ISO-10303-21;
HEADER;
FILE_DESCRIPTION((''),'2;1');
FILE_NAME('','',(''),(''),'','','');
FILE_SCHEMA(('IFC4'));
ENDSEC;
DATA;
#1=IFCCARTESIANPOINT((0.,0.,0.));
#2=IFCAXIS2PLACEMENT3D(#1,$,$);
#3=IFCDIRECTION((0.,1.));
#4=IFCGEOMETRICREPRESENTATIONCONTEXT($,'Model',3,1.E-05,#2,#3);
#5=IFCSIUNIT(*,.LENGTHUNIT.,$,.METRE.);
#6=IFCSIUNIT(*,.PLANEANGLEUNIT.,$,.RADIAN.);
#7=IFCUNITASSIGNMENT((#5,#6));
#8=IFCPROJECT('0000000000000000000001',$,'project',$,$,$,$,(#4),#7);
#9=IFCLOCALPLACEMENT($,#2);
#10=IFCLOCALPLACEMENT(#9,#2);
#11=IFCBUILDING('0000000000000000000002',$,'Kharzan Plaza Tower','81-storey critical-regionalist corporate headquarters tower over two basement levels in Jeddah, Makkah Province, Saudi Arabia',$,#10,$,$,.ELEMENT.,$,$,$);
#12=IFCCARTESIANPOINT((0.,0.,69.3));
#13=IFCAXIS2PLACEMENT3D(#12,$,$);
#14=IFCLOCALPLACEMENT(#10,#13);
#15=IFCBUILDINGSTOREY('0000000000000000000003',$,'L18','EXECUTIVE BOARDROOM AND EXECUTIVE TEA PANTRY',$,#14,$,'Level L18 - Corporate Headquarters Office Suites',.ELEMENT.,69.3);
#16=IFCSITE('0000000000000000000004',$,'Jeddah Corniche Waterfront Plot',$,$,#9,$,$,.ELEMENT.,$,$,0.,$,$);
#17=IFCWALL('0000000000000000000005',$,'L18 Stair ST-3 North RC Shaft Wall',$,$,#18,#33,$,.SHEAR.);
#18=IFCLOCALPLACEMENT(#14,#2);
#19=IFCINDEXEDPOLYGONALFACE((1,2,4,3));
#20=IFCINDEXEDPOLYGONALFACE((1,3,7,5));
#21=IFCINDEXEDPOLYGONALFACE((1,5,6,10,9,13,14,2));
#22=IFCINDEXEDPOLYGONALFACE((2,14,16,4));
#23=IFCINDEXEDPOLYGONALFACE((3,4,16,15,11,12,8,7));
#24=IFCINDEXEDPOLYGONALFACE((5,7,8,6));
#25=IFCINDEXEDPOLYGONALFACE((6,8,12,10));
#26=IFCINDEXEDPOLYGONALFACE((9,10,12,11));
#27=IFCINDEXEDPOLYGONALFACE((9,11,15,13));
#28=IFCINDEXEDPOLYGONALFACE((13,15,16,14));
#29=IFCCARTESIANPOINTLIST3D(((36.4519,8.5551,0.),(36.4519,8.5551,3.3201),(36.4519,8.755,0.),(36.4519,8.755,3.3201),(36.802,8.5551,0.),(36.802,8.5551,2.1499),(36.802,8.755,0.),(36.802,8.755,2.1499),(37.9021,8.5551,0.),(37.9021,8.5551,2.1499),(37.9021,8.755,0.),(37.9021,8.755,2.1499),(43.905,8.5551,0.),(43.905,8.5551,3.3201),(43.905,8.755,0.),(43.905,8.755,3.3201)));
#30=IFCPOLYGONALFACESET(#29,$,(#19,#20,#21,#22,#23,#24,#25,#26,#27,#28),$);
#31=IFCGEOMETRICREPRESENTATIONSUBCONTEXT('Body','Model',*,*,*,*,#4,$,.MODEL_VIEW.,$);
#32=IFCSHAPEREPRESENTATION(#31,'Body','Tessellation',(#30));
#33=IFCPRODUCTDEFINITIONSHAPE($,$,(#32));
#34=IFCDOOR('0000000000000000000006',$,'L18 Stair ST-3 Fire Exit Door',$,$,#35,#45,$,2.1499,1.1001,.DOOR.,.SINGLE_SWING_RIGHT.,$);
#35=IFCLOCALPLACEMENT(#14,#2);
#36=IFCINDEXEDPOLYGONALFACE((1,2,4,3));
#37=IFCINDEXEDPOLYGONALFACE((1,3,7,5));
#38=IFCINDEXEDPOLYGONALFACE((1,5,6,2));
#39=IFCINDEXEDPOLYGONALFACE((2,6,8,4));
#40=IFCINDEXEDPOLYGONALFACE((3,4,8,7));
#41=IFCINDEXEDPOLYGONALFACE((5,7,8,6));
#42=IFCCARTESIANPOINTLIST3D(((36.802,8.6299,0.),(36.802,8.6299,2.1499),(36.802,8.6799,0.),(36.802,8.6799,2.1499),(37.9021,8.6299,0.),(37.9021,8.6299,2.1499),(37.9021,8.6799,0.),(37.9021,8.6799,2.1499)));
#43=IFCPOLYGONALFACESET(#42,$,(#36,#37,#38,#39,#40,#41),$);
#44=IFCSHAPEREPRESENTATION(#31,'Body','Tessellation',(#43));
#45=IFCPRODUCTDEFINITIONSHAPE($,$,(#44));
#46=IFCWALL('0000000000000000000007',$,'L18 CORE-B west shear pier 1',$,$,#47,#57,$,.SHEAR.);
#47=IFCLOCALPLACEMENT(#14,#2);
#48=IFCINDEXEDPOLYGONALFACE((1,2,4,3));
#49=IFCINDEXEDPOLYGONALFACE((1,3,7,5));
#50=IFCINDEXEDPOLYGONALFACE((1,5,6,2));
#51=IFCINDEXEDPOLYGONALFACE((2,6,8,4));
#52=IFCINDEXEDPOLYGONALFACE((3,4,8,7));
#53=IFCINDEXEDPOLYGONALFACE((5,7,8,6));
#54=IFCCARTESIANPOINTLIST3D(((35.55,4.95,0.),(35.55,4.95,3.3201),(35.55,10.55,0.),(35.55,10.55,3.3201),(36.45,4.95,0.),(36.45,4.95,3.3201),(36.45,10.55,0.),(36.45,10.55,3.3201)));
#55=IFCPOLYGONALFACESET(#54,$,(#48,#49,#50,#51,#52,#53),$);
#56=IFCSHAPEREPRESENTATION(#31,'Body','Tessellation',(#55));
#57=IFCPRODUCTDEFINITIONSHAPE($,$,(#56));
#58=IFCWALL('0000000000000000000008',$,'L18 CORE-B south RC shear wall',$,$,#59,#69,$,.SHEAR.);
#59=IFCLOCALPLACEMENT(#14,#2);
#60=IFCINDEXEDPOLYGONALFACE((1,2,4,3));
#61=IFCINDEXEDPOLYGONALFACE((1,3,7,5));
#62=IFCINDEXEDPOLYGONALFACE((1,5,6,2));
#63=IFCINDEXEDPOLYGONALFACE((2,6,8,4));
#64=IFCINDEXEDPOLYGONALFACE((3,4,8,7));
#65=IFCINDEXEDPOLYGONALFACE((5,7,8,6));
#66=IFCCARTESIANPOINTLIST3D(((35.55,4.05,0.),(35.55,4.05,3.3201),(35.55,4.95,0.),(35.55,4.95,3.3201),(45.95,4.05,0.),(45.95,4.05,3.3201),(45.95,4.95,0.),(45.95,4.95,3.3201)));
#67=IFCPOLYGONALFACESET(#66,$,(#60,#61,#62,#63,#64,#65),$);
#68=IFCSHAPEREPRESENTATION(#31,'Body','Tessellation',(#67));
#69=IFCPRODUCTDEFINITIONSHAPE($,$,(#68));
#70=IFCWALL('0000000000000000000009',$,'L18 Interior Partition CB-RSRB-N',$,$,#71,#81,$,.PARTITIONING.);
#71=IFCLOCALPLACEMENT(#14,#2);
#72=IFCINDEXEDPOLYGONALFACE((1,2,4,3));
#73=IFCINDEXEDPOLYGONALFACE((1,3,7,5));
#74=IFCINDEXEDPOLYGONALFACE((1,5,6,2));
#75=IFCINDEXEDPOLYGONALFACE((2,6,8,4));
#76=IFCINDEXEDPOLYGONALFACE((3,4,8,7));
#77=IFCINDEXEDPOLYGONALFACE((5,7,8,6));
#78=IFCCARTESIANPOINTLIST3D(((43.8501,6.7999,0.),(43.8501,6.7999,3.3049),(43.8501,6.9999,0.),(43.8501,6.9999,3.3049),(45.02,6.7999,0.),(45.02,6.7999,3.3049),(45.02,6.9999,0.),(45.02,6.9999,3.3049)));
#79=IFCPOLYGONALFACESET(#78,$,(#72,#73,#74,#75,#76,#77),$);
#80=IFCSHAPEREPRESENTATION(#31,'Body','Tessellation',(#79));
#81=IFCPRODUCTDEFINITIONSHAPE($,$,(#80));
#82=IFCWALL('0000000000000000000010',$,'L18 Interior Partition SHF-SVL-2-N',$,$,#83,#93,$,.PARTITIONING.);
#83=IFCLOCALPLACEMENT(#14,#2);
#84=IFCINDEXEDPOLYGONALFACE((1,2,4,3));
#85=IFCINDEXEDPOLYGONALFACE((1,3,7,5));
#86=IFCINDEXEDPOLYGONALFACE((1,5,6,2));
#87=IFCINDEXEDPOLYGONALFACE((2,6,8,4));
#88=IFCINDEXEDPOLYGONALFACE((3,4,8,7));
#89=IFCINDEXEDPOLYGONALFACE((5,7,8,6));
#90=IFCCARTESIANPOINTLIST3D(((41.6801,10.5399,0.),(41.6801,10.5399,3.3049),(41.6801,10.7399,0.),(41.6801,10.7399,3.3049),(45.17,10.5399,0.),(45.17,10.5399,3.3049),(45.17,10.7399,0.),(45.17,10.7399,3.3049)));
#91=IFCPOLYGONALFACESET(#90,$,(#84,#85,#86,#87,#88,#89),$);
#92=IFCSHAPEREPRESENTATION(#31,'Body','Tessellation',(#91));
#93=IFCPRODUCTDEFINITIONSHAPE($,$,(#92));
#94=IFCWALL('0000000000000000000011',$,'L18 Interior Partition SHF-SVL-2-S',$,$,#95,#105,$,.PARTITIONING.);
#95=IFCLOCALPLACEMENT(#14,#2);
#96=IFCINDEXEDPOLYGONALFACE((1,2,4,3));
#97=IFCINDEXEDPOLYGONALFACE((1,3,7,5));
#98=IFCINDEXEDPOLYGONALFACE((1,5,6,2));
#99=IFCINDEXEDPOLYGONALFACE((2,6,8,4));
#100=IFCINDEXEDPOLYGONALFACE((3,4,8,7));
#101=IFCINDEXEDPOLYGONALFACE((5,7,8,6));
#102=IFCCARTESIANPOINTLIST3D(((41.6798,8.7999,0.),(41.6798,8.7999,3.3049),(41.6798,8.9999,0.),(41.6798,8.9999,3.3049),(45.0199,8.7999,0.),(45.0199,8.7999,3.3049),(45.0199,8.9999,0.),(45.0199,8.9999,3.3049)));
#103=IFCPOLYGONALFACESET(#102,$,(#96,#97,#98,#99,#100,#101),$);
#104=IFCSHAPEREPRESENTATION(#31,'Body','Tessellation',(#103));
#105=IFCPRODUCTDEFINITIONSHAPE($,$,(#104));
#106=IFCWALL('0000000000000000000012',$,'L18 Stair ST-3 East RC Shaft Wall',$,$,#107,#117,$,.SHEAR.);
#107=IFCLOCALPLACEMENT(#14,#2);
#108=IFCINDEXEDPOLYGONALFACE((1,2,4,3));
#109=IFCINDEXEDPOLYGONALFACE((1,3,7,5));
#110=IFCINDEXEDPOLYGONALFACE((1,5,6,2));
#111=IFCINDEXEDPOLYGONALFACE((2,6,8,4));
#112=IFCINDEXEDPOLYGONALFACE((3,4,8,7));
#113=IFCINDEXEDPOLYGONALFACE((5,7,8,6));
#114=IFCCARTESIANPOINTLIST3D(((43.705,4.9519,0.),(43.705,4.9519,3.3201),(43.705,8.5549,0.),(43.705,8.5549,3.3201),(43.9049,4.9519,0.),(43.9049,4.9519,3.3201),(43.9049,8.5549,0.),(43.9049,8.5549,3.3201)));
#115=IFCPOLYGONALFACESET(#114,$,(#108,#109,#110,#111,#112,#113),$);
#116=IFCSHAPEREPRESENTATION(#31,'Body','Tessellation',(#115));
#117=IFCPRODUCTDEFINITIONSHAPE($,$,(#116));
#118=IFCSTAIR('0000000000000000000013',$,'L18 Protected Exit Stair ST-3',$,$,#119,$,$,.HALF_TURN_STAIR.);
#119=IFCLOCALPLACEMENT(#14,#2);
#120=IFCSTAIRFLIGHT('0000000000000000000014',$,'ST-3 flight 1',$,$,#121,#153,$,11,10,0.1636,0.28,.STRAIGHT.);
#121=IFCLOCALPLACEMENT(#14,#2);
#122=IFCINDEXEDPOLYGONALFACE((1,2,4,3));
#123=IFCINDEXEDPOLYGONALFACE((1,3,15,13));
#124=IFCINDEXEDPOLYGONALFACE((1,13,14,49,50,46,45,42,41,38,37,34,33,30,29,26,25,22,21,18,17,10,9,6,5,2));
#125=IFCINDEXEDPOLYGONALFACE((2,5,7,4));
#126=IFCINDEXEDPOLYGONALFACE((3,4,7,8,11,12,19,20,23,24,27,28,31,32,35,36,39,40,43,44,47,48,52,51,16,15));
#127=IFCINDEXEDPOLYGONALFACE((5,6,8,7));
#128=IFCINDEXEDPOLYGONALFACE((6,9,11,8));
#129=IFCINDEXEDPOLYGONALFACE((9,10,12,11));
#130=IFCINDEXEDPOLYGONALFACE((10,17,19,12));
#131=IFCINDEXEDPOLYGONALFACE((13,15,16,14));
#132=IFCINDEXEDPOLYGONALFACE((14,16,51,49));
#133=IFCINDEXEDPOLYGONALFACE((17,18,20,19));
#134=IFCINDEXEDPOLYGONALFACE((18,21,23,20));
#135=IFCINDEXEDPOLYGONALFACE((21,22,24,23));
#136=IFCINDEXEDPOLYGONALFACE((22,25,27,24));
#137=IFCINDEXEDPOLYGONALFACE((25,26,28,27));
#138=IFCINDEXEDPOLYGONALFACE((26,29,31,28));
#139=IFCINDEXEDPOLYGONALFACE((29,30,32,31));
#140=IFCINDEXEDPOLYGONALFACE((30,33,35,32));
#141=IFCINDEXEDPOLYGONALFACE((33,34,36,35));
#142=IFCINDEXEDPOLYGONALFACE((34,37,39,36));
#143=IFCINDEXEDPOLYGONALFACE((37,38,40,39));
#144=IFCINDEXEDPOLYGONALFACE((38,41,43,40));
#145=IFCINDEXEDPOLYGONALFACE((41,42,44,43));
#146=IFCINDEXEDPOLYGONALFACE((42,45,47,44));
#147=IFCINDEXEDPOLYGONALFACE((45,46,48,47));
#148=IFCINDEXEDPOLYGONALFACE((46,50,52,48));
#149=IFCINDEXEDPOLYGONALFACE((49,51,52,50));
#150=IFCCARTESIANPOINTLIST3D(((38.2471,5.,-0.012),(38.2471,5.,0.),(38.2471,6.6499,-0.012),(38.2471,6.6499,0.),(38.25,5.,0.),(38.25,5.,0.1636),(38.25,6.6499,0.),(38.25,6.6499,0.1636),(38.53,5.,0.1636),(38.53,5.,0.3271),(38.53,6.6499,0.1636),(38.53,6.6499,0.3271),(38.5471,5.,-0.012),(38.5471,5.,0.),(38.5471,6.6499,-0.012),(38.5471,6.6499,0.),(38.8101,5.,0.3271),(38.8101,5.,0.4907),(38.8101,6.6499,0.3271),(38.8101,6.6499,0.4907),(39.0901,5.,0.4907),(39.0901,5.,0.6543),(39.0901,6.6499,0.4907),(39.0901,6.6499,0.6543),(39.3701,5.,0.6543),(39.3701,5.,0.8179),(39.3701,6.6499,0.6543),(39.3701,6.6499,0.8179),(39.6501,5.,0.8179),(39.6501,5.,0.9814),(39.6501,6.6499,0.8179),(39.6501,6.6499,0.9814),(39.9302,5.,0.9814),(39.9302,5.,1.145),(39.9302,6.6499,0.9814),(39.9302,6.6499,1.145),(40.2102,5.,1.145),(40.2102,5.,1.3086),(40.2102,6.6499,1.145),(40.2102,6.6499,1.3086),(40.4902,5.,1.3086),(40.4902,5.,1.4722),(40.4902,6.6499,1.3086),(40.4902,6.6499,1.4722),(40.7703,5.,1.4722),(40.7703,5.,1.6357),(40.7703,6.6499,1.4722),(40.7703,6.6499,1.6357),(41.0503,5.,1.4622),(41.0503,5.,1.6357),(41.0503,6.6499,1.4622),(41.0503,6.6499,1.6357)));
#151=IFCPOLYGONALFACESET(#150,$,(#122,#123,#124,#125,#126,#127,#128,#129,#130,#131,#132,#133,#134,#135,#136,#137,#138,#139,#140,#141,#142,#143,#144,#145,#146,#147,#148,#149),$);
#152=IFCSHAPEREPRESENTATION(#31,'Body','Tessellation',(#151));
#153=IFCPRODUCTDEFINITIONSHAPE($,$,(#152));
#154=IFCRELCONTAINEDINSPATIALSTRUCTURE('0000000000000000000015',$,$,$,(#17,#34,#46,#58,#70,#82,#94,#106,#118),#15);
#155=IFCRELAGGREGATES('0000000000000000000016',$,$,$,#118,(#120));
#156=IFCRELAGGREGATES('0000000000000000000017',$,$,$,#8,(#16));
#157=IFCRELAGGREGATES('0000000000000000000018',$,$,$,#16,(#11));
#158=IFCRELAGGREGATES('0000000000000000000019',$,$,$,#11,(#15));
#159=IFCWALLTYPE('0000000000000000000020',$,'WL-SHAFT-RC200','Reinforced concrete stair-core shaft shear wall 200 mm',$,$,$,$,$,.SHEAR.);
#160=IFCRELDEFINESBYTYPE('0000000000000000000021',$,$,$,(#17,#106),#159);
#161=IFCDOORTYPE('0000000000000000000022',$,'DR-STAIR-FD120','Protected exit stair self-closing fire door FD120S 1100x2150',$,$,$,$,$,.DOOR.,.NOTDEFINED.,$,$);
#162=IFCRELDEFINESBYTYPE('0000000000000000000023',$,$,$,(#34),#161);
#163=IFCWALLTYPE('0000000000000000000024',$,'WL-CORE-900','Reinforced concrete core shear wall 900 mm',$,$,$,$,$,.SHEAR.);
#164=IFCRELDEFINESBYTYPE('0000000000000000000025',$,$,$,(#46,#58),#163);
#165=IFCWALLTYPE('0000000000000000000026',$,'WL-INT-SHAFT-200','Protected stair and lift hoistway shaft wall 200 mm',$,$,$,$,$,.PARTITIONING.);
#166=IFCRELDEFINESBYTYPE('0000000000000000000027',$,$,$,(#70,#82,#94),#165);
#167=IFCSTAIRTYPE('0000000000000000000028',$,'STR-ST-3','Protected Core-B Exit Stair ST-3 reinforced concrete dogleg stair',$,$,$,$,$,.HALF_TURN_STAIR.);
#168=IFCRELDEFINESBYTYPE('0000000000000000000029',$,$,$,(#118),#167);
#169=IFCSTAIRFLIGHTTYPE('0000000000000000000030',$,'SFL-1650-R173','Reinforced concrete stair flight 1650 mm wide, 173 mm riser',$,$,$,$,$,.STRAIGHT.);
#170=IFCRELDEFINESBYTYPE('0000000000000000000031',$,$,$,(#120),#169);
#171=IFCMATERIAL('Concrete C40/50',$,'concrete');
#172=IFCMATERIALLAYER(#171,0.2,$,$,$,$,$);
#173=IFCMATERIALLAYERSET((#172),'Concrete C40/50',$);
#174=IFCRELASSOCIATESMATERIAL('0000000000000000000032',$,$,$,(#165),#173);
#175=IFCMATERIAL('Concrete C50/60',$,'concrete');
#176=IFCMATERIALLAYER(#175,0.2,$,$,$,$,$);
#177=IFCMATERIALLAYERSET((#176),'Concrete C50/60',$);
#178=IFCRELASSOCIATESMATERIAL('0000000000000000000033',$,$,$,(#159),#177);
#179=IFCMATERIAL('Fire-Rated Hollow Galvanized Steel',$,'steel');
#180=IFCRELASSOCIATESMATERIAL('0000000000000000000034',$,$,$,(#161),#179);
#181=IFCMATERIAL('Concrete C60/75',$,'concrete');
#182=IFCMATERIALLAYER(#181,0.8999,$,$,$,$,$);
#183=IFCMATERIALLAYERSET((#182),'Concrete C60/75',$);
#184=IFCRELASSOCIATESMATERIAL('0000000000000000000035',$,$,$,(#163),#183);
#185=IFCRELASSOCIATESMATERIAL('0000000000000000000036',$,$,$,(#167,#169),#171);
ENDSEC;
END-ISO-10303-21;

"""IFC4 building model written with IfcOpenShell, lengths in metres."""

from ifc_helpers import new_model, si_unit, direction, frame, frame_2d, origin, place, context, subcontext, project, spatial, polyline, rectangle, outline, extrude, source, transform, mapped, material, layer, layer_set, type_object, element, fill, aggregate, save


model = new_model("IFC4")

# Units and contexts
model_context = context("Model", 3, precision=1e-05, world=origin(), true_north=direction((0.0, 1.0)))
body_context = subcontext(model_context, "Body", "Model", "MODEL_VIEW")
ifc_project = project(units=[si_unit("LENGTHUNIT", "METRE"), si_unit("PLANEANGLEUNIT", "RADIAN")], contexts=[model_context])

# Site, building, storey
site_placement = place(None, origin())
site = spatial("IfcSite", under=ifc_project, at=site_placement, Name="Jeddah Corniche Waterfront Plot", CompositionType="ELEMENT", RefElevation=0.0)
building_placement = place(site_placement, origin())
building = spatial("IfcBuilding", under=site, at=building_placement, Name="Kharzan Plaza Tower", Description="81-storey critical-regionalist corporate headquarters tower over two basement levels in Jeddah, Makkah Province, Saudi Arabia", CompositionType="ELEMENT")
storey_placement = place(building_placement, frame((0.0, 0.0, 69.3)))
storey = spatial("IfcBuildingStorey", under=building, at=storey_placement, Name="L18", Description="EXECUTIVE BOARDROOM AND EXECUTIVE TEA PANTRY", LongName="Level L18 - Corporate Headquarters Office Suites", CompositionType="ELEMENT", Elevation=69.3)

# Shared definitions
ifc_material_1 = material(Name="Concrete C60/75", Category="concrete")

# Shared definitions
ifc_material_2 = material(Name="Concrete C40/50", Category="concrete")

# Wall, opening, door
ifc_layer_1 = layer(ifc_material_2, 0.2)
ifc_layer_set_1 = layer_set([ifc_layer_1], Name="Concrete C40/50")
wall_type_1 = type_object("IfcWallType", Name="WL-INT-SHAFT-200", Description="Protected stair and lift hoistway shaft wall 200 mm", PredefinedType="PARTITIONING", material=ifc_layer_set_1)
ifc_material_3 = material(Name="Concrete C50/60", Category="concrete")
ifc_layer_2 = layer(ifc_material_3, 0.2)
ifc_layer_set_2 = layer_set([ifc_layer_2], Name="Concrete C50/60")
wall_type_2 = type_object("IfcWallType", Name="WL-SHAFT-RC200", Description="Reinforced concrete stair-core shaft shear wall 200 mm", PredefinedType="SHEAR", material=ifc_layer_set_2)
wall_1_placement = place(storey_placement, frame((36.4519, 8.655, 0.0), z_axis=(0.0, 0.0, 1.0), x_axis=(1.0, 0.0, 0.0)))
wall_1 = element("IfcWall", 1, at=wall_1_placement, inside=storey, type_object=wall_type_2, Name="L18 Stair ST-3 North RC Shaft Wall", PredefinedType="SHEAR", context=body_context, shape_type="SweptSolid", body=[
    extrude(rectangle(XDim=7.4531, YDim=0.2, at=frame_2d((3.7266, 0.0))), origin(), (0.0, 0.0, 1.0), 3.3201),
])
opening_1_placement = place(wall_1_placement, frame((0.3501, 0.0, 0.0)))
opening_1 = element("IfcOpeningElement", 2, at=opening_1_placement, cuts=wall_1, PredefinedType="OPENING", context=body_context, shape_type="SweptSolid", body=[
    extrude(rectangle(XDim=1.1001, YDim=2.1499, at=frame_2d((0.55, 1.075))), frame((0.0, 0.1099, 0.0), z_axis=(0.0, -1.0, 0.0), x_axis=(1.0, 0.0, 0.0)), (0.0, 0.0, 1.0), 0.22),
])
ifc_material_4 = material(Name="Fire-Rated Hollow Galvanized Steel", Category="steel")
door_type_1 = type_object("IfcDoorType", Name="DR-STAIR-FD120", Description="Protected exit stair self-closing fire door FD120S 1100x2150", OperationType="NOTDEFINED", PredefinedType="DOOR", material=ifc_material_4)
shared_shape_1 = source(origin(), body_context, "Body", "SweptSolid", [
    extrude(rectangle(XDim=1.1001, YDim=2.1499, at=frame_2d((0.55, 1.075))), frame((0.0, 0.0249, 0.0), z_axis=(0.0, -1.0, 0.0), x_axis=(1.0, 0.0, 0.0)), (0.0, 0.0, 1.0), 0.05),
])
door_1_placement = place(opening_1_placement, origin())
door_1 = element("IfcDoor", 3, at=door_1_placement, inside=storey, type_object=door_type_1, Name="L18 Stair ST-3 Fire Exit Door", OperationType="SINGLE_SWING_RIGHT", OverallHeight=2.1499, OverallWidth=1.1001, PredefinedType="DOOR", context=body_context, shape_type="MappedRepresentation", body=[
    mapped(shared_shape_1, transform((0.0, 0.0, 0.0), x_axis=(1.0, 0.0, 0.0), y_axis=(0.0, 1.0, 0.0), z_axis=(0.0, 0.0, 1.0))),
])
fill(opening_1, door_1)

# Walls
ifc_layer_3 = layer(ifc_material_1, 0.8999)
ifc_layer_set_3 = layer_set([ifc_layer_3], Name="Concrete C60/75")
wall_type_3 = type_object("IfcWallType", Name="WL-CORE-900", Description="Reinforced concrete core shear wall 900 mm", PredefinedType="SHEAR", material=ifc_layer_set_3)
shared_shape_2 = source(origin(), body_context, "Body", "SweptSolid", [
    extrude(rectangle(XDim=5.6001, YDim=0.8999, at=frame_2d((2.8, 0.0))), origin(), (0.0, 0.0, 1.0), 3.3201),
])
wall_2_placement = place(storey_placement, frame((36.0, 4.95, 0.0), z_axis=(0.0, 0.0, 1.0), x_axis=(0.0, 1.0, 0.0)))
element("IfcWall", 4, at=wall_2_placement, inside=storey, type_object=wall_type_3, Name="L18 CORE-B west shear pier 1", PredefinedType="SHEAR", context=body_context, shape_type="MappedRepresentation", body=[
    mapped(shared_shape_2, transform((0.0, 0.0, 0.0), x_axis=(1.0, 0.0, 0.0), y_axis=(0.0, 1.0, 0.0), z_axis=(0.0, 0.0, 1.0))),
])
shared_shape_3 = source(origin(), body_context, "Body", "SweptSolid", [
    extrude(rectangle(XDim=10.3999, YDim=0.8999, at=frame_2d((5.2, 0.0))), origin(), (0.0, 0.0, 1.0), 3.3201),
])
wall_3_placement = place(storey_placement, frame((35.55, 4.5, 0.0), z_axis=(0.0, 0.0, 1.0), x_axis=(1.0, 0.0, 0.0)))
element("IfcWall", 5, at=wall_3_placement, inside=storey, type_object=wall_type_3, Name="L18 CORE-B south RC shear wall", PredefinedType="SHEAR", context=body_context, shape_type="MappedRepresentation", body=[
    mapped(shared_shape_3, transform((0.0, 0.0, 0.0), x_axis=(1.0, 0.0, 0.0), y_axis=(0.0, 1.0, 0.0), z_axis=(0.0, 0.0, 1.0))),
])
shared_shape_4 = source(origin(), body_context, "Body", "SweptSolid", [
    extrude(rectangle(XDim=1.1699, YDim=0.2, at=frame_2d((0.585, 0.0))), origin(), (0.0, 0.0, 1.0), 3.3049),
])
wall_4_placement = place(storey_placement, frame((43.8501, 6.8999, 0.0), z_axis=(0.0, 0.0, 1.0), x_axis=(1.0, 0.0, 0.0)))
element("IfcWall", 6, at=wall_4_placement, inside=storey, type_object=wall_type_1, Name="L18 Interior Partition CB-RSRB-N", PredefinedType="PARTITIONING", context=body_context, shape_type="MappedRepresentation", body=[
    mapped(shared_shape_4, transform((0.0, 0.0, 0.0), x_axis=(1.0, 0.0, 0.0), y_axis=(0.0, 1.0, 0.0), z_axis=(0.0, 0.0, 1.0))),
])
shared_shape_5 = source(origin(), body_context, "Body", "SweptSolid", [
    extrude(rectangle(XDim=3.49, YDim=0.2, at=frame_2d((1.7451, 0.0))), origin(), (0.0, 0.0, 1.0), 3.3049),
])
wall_5_placement = place(storey_placement, frame((41.6799, 10.6399, 0.0), z_axis=(0.0, 0.0, 1.0), x_axis=(1.0, 0.0, 0.0)))
element("IfcWall", 7, at=wall_5_placement, inside=storey, type_object=wall_type_1, Name="L18 Interior Partition SHF-SVL-2-N", PredefinedType="PARTITIONING", context=body_context, shape_type="MappedRepresentation", body=[
    mapped(shared_shape_5, transform((0.0, 0.0, 0.0), x_axis=(1.0, 0.0, 0.0), y_axis=(0.0, 1.0, 0.0), z_axis=(0.0, 0.0, 1.0))),
])
shared_shape_6 = source(origin(), body_context, "Body", "SweptSolid", [
    extrude(rectangle(XDim=3.3401, YDim=0.2, at=frame_2d((1.6699, 0.0))), origin(), (0.0, 0.0, 1.0), 3.3049),
])
wall_6_placement = place(storey_placement, frame((41.6799, 8.8999, 0.0), z_axis=(0.0, 0.0, 1.0), x_axis=(1.0, 0.0, 0.0)))
element("IfcWall", 8, at=wall_6_placement, inside=storey, type_object=wall_type_1, Name="L18 Interior Partition SHF-SVL-2-S", PredefinedType="PARTITIONING", context=body_context, shape_type="MappedRepresentation", body=[
    mapped(shared_shape_6, transform((0.0, 0.0, 0.0), x_axis=(1.0, 0.0, 0.0), y_axis=(0.0, 1.0, 0.0), z_axis=(0.0, 0.0, 1.0))),
])
shared_shape_7 = source(origin(), body_context, "Body", "SweptSolid", [
    extrude(rectangle(XDim=3.603, YDim=0.2, at=frame_2d((1.8015, 0.0))), origin(), (0.0, 0.0, 1.0), 3.3201),
])
wall_7_placement = place(storey_placement, frame((43.8049, 4.9519, 0.0), z_axis=(0.0, 0.0, 1.0), x_axis=(0.0, 1.0, 0.0)))
element("IfcWall", 9, at=wall_7_placement, inside=storey, type_object=wall_type_2, Name="L18 Stair ST-3 East RC Shaft Wall", PredefinedType="SHEAR", context=body_context, shape_type="MappedRepresentation", body=[
    mapped(shared_shape_7, transform((0.0, 0.0, 0.0), x_axis=(1.0, 0.0, 0.0), y_axis=(0.0, 1.0, 0.0), z_axis=(0.0, 0.0, 1.0))),
])

# Stair, stair flight
stair_type = type_object("IfcStairType", Name="STR-ST-3", Description="Protected Core-B Exit Stair ST-3 reinforced concrete dogleg stair", PredefinedType="HALF_TURN_STAIR", material=ifc_material_2)
stair_placement = place(storey_placement, origin())
stair = element("IfcStair", 10, at=stair_placement, inside=storey, type_object=stair_type, Name="L18 Protected Exit Stair ST-3", PredefinedType="HALF_TURN_STAIR")
stair_flight_type = type_object("IfcStairFlightType", Name="SFL-1650-R173", Description="Reinforced concrete stair flight 1650 mm wide, 173 mm riser", PredefinedType="STRAIGHT", material=ifc_material_2)
shared_shape_8 = source(origin(), body_context, "Body", "SweptSolid", [
    extrude(outline(polyline([(-0.0029, -0.012), (-0.0029, 0.0), (0.0, 0.0), (0.0, 0.1636), (0.28, 0.1636), (0.28, 0.3271), (0.5601, 0.3271), (0.5601, 0.4907), (0.8401, 0.4907), (0.8401, 0.6543), (1.1201, 0.6543), (1.1201, 0.8179), (1.4001, 0.8179), (1.4001, 0.9814), (1.6802, 0.9814), (1.6802, 1.145), (1.9602, 1.145), (1.9602, 1.3086), (2.2402, 1.3086), (2.2402, 1.4722), (2.5203, 1.4722), (2.5203, 1.6357), (2.8003, 1.6357), (2.8003, 1.7993), (2.8003, 1.4622), (0.2971, 0.0), (0.2971, -0.012), (-0.0029, -0.012)])), frame((0.0, 0.825, 0.0), z_axis=(0.0, -1.0, 0.0), x_axis=(1.0, 0.0, 0.0)), (0.0, 0.0, 1.0), 1.6499),
])
stair_flight_1_placement = place(storey_placement, frame((38.25, 5.825, 0.0), z_axis=(0.0, 0.0, 1.0), x_axis=(1.0, 0.0, 0.0)))
stair_flight_1 = element("IfcStairFlight", 11, at=stair_flight_1_placement, type_object=stair_flight_type, Name="ST-3 flight 1", NumberOfRisers=11, NumberOfTreads=10, PredefinedType="STRAIGHT", RiserHeight=0.1636, TreadLength=0.28, context=body_context, shape_type="MappedRepresentation", body=[
    mapped(shared_shape_8, transform((0.0, 0.0, 0.0), x_axis=(1.0, 0.0, 0.0), y_axis=(0.0, 1.0, 0.0), z_axis=(0.0, 0.0, 1.0))),
])
aggregate(stair, [stair_flight_1])

save(model, "model.ifc")
